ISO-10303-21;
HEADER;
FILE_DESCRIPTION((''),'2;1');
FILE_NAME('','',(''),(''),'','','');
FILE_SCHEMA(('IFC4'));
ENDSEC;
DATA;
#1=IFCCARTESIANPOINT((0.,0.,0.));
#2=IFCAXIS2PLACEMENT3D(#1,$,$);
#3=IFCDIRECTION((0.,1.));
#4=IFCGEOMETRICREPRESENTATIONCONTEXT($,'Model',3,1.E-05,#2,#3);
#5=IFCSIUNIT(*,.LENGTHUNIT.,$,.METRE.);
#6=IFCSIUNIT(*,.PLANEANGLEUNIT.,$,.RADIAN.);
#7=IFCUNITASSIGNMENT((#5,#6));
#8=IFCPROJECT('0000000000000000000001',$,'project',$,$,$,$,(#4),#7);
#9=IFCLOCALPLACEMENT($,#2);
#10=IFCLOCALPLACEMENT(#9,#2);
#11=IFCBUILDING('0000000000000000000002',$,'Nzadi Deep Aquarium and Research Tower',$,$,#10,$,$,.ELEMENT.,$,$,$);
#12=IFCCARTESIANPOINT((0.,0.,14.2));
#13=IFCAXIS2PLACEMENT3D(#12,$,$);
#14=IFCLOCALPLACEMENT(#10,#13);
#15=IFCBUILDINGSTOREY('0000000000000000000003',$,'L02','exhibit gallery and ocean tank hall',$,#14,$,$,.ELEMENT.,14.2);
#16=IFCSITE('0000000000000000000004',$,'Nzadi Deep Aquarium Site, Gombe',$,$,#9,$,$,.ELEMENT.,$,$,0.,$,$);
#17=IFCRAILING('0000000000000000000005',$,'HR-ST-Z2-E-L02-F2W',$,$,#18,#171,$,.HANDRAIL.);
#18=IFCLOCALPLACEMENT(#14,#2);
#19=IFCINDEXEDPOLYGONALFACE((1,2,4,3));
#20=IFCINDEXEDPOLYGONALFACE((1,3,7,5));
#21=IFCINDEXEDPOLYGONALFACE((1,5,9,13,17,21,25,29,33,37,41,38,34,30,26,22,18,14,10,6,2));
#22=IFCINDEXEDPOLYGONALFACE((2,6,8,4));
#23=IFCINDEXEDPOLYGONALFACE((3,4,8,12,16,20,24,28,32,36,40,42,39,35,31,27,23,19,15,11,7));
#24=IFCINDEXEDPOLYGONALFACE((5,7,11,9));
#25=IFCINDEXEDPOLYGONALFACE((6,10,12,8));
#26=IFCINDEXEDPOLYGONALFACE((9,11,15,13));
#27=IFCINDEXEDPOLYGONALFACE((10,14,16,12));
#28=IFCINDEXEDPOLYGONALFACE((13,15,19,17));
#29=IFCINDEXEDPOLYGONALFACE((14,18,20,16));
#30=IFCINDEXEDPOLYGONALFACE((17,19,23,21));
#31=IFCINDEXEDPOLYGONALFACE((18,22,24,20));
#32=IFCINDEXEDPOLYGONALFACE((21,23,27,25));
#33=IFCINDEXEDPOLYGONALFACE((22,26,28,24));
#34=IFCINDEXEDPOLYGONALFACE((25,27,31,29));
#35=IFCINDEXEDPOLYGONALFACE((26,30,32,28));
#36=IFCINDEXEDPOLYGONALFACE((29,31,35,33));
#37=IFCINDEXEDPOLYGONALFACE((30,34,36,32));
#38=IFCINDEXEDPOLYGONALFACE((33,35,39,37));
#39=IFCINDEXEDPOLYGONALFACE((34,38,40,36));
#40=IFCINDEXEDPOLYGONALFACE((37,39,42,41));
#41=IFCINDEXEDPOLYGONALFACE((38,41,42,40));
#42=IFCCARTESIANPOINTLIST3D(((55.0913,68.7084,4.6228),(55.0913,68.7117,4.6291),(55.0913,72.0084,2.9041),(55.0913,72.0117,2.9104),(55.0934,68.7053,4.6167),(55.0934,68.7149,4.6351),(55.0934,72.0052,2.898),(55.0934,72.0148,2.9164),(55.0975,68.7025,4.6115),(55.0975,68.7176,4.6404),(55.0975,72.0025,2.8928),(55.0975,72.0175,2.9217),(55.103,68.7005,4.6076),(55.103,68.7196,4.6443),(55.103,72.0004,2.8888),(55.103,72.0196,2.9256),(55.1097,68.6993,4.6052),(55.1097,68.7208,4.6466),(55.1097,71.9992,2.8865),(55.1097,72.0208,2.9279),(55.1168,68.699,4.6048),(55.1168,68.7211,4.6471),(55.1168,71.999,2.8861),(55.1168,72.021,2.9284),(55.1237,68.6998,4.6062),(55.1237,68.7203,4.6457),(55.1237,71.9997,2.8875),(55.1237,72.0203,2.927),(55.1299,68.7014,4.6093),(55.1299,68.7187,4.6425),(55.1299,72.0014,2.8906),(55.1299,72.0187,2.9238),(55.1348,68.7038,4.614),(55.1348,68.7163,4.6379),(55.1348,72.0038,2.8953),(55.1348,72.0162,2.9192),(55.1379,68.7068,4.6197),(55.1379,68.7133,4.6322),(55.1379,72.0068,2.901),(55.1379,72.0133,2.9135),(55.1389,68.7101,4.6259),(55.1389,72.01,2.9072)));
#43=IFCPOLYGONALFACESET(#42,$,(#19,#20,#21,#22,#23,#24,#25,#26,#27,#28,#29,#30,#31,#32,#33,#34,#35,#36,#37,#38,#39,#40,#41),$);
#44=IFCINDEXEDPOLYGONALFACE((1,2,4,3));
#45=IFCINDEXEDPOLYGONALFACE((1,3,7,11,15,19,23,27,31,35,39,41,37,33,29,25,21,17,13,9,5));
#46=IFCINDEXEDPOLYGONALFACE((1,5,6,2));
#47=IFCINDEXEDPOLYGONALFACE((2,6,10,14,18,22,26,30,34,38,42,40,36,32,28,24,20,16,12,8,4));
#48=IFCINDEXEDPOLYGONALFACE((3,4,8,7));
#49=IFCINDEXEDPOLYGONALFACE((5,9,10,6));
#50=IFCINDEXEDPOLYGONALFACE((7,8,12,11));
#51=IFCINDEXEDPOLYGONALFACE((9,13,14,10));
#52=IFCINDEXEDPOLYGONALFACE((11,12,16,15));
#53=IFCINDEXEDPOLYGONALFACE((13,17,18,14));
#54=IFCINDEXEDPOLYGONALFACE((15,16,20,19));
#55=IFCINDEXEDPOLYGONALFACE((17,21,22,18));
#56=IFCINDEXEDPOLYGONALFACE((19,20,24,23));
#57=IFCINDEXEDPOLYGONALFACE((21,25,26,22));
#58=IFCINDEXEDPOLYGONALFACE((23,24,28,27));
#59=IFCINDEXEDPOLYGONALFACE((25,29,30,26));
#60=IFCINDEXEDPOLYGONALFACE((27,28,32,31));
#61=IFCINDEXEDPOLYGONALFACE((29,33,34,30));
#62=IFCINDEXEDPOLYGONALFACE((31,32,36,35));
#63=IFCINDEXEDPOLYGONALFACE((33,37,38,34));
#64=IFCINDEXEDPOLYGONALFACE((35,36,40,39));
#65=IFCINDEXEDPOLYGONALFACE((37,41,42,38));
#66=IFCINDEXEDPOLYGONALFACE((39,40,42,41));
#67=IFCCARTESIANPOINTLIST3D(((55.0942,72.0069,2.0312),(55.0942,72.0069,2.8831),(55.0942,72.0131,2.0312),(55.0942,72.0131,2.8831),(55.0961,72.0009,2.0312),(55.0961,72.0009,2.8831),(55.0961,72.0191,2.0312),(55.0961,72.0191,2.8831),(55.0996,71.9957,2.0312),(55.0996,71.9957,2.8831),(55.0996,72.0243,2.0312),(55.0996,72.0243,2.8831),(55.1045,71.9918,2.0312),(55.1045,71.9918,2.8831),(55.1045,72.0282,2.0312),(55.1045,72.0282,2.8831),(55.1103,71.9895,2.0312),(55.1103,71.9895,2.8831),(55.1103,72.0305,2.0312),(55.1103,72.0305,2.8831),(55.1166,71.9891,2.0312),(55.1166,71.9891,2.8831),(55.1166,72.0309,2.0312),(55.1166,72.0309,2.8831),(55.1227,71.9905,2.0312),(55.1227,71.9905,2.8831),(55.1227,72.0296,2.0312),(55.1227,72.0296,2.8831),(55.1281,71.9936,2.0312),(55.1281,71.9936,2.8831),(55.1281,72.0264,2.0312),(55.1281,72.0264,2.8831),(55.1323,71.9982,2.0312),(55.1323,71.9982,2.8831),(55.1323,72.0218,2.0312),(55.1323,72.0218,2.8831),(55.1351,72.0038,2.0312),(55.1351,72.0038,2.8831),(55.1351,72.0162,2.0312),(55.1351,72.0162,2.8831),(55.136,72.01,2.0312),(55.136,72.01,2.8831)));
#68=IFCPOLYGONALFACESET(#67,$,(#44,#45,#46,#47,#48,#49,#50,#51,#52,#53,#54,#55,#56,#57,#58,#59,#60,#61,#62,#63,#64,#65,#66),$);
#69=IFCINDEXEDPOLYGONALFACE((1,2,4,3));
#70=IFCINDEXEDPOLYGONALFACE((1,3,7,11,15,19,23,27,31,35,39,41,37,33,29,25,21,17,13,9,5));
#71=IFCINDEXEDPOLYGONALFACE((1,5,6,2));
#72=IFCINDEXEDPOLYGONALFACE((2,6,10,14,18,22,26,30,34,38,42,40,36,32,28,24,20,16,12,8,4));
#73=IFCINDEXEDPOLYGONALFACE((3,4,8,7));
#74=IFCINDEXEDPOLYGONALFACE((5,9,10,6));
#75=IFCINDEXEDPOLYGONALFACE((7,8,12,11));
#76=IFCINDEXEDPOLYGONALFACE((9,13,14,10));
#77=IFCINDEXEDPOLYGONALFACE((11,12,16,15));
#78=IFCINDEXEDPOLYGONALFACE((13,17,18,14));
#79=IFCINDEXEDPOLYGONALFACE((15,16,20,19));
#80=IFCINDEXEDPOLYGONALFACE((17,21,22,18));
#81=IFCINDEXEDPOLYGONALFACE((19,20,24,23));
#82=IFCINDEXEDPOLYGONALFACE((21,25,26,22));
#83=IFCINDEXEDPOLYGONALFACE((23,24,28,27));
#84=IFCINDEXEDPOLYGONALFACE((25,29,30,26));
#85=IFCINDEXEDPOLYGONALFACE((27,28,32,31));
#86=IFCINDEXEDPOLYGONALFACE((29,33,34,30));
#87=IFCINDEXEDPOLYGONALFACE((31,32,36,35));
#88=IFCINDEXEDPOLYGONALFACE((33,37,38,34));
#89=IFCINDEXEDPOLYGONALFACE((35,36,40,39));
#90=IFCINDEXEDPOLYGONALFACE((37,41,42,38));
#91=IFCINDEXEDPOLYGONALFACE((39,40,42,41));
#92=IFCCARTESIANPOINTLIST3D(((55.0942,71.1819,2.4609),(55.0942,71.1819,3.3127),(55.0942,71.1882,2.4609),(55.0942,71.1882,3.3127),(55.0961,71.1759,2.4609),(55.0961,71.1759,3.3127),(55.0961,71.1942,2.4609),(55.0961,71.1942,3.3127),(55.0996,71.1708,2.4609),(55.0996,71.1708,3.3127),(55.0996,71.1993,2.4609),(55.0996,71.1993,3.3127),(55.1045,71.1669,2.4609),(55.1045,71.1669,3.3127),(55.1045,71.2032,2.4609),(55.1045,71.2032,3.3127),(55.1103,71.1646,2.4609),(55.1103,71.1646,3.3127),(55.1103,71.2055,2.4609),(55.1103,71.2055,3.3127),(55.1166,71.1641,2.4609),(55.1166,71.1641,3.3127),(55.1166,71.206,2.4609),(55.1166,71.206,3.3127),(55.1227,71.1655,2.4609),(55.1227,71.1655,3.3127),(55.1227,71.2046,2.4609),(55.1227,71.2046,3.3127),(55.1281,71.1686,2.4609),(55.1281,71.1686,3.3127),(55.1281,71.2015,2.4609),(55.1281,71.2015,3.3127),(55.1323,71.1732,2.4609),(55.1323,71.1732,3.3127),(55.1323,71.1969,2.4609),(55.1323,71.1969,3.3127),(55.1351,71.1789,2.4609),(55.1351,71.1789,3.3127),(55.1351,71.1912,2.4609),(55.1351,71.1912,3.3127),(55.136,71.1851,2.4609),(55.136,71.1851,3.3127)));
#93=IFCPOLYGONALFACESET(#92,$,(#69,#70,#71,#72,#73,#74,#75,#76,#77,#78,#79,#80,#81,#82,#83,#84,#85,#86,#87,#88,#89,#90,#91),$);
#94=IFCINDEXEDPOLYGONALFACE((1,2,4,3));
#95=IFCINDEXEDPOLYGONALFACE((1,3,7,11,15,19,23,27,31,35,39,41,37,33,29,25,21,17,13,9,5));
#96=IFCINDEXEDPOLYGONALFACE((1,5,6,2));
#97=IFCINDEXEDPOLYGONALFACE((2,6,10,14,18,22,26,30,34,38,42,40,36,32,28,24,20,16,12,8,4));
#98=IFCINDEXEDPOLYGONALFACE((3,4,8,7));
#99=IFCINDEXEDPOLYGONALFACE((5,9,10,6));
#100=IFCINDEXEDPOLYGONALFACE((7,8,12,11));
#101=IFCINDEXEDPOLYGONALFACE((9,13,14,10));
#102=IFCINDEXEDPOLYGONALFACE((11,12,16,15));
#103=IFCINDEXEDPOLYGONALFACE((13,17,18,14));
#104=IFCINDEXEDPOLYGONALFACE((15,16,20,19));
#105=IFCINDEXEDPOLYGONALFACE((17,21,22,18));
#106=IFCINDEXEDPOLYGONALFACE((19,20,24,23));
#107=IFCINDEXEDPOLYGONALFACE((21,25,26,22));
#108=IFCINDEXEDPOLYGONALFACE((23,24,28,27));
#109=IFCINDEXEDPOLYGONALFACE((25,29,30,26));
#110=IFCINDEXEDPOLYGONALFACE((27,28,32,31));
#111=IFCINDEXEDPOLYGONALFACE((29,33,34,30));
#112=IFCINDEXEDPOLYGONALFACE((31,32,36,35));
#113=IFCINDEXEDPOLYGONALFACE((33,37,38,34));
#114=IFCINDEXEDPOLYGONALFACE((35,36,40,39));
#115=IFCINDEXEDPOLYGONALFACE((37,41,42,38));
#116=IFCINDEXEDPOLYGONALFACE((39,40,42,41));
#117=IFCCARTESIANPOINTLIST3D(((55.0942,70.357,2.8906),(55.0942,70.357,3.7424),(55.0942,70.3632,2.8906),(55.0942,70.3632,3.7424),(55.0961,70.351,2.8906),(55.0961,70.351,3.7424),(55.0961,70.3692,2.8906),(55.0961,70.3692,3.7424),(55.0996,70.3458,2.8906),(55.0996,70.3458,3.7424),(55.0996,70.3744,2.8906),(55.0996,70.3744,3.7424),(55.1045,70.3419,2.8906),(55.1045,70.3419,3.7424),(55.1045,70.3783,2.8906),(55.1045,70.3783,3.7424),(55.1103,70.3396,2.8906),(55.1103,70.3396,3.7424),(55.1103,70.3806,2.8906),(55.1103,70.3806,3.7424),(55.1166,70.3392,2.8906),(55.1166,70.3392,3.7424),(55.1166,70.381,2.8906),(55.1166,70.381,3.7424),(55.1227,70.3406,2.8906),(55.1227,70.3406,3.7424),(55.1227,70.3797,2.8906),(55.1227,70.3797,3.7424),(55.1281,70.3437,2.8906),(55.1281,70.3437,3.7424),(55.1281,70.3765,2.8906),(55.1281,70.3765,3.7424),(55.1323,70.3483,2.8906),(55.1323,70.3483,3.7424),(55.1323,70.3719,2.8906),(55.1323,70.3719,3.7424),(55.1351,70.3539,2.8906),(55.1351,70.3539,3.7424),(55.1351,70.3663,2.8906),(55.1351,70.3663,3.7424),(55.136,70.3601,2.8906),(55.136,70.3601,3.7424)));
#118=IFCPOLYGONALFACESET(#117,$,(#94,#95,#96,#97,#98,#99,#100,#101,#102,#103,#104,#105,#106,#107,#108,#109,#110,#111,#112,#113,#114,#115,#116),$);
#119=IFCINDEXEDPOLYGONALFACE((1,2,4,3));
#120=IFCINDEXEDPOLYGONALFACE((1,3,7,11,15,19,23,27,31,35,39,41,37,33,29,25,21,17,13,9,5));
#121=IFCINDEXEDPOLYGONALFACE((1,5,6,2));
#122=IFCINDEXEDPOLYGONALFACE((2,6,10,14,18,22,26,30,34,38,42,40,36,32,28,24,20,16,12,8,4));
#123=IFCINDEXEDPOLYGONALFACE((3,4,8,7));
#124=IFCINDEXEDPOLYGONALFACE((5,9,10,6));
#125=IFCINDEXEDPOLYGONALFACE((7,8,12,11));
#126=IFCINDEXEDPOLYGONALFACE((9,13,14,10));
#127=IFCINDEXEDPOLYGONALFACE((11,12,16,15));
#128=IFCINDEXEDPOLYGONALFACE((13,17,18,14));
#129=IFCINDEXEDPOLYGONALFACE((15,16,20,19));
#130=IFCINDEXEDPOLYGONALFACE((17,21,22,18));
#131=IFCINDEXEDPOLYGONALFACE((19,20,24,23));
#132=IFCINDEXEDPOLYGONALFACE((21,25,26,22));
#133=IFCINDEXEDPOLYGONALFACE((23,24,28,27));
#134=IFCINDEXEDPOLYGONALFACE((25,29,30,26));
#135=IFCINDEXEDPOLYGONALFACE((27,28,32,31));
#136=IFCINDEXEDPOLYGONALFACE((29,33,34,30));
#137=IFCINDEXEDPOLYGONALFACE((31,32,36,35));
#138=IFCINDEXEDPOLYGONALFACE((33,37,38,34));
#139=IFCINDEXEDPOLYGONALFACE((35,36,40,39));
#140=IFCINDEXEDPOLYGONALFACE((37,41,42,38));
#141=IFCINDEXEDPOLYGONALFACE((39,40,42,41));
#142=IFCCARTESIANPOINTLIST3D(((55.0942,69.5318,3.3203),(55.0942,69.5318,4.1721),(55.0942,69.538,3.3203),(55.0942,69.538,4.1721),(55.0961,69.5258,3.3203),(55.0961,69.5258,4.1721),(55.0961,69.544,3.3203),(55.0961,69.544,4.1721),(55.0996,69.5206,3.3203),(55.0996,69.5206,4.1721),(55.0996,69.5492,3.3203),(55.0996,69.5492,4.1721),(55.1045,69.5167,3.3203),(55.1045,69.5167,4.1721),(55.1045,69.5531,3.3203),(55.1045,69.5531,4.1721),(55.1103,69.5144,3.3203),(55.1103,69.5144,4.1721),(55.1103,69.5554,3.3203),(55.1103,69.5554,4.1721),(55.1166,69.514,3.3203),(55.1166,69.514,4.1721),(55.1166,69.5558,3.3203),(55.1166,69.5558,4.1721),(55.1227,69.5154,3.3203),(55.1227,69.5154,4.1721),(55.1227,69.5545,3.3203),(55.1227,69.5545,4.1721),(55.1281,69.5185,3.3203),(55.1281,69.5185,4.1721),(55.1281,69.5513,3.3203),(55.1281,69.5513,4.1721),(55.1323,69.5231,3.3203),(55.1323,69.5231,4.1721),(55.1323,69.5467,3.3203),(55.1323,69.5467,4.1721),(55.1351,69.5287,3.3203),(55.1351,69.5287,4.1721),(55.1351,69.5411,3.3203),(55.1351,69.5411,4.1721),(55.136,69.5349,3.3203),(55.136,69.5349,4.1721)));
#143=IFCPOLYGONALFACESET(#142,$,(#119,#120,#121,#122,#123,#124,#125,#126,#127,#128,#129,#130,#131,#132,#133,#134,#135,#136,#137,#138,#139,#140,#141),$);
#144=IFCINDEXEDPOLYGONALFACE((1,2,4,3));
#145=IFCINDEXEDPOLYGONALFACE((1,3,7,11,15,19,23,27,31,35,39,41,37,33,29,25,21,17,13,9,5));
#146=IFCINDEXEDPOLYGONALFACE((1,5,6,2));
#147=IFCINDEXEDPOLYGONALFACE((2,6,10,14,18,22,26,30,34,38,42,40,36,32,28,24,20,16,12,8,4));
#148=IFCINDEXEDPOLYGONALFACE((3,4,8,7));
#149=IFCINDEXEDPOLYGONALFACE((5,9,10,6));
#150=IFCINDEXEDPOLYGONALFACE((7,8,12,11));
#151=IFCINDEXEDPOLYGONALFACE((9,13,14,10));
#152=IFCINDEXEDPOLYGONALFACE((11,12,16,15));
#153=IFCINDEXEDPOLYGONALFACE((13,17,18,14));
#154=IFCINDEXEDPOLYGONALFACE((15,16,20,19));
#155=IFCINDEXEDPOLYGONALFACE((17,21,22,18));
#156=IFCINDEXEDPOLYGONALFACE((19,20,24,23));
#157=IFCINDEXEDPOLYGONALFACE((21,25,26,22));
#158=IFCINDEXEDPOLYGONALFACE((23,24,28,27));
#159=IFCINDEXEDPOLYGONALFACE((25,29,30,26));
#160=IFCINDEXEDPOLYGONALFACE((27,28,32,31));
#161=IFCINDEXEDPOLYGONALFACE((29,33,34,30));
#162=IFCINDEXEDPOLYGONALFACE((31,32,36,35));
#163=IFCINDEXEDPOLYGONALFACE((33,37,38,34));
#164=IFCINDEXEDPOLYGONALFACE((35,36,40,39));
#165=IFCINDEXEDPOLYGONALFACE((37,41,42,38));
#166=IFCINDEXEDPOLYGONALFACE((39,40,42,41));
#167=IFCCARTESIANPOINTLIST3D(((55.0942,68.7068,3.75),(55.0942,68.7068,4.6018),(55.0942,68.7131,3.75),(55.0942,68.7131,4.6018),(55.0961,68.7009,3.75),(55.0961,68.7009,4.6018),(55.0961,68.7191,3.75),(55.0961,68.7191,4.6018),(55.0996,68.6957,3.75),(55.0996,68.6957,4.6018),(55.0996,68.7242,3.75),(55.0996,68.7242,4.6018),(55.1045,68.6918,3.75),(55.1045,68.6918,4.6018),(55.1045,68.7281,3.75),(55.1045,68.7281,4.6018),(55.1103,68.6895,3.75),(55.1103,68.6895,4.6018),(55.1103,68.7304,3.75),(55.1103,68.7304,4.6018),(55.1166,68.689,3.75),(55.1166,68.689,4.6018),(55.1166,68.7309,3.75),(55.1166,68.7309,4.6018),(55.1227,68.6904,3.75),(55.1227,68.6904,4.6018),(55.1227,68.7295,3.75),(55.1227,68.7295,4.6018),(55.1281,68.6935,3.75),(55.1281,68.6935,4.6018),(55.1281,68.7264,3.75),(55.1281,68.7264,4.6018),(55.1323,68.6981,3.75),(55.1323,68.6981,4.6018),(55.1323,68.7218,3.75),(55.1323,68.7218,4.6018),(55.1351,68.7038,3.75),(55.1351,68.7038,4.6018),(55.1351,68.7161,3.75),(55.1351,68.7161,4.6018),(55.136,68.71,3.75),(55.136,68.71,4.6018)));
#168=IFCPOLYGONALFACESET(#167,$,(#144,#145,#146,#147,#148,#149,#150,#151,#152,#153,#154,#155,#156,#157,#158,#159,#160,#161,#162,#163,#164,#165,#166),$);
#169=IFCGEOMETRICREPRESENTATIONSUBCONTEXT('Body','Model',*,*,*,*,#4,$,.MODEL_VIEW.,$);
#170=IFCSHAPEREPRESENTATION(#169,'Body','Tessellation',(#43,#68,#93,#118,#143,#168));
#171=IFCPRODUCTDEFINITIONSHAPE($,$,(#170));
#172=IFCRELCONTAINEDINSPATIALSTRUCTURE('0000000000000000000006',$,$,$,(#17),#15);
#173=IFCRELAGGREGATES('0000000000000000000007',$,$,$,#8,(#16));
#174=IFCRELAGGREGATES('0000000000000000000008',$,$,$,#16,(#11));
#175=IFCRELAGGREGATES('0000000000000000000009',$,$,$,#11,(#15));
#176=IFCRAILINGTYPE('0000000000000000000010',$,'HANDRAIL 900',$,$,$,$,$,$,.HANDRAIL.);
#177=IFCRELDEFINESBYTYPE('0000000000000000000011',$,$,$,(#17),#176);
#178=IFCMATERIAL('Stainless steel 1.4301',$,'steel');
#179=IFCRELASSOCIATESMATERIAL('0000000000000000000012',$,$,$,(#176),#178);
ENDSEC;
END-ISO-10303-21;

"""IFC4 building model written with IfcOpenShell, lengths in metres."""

from ifc_helpers import new_model, si_unit, direction, frame, origin, origin_2d, place, context, subcontext, project, spatial, circle, extrude, material, type_object, element, save


model = new_model("IFC4")

# Units and contexts
model_context = context("Model", 3, precision=1e-05, world=origin(), true_north=direction((0.0, 1.0)))
body_context = subcontext(model_context, "Body", "Model", "MODEL_VIEW")
ifc_project = project(units=[si_unit("LENGTHUNIT", "METRE"), si_unit("PLANEANGLEUNIT", "RADIAN")], contexts=[model_context])

# Site, building, storey
site_placement = place(None, origin())
site = spatial("IfcSite", under=ifc_project, at=site_placement, Name="Nzadi Deep Aquarium Site, Gombe", CompositionType="ELEMENT", RefElevation=0.0)
building_placement = place(site_placement, origin())
building = spatial("IfcBuilding", under=site, at=building_placement, Name="Nzadi Deep Aquarium and Research Tower", CompositionType="ELEMENT")
storey_placement = place(building_placement, frame((0.0, 0.0, 14.2)))
storey = spatial("IfcBuildingStorey", under=building, at=storey_placement, Name="L02", Description="exhibit gallery and ocean tank hall", CompositionType="ELEMENT", Elevation=14.2)

# Railing
ifc_material_1 = material(Name="Stainless steel 1.4301", Category="steel")
railing_type = type_object("IfcRailingType", Name="HANDRAIL 900", PredefinedType="HANDRAIL", material=ifc_material_1)
for number, where, name in (
    (1, (55.115, 72.01, 2.0312), "HR-ST-Z2-E-L02-F2W"),
):
    element("IfcRailing", number, at=place(storey_placement, frame(where)), inside=storey, type_object=railing_type, Name=name, PredefinedType="HANDRAIL", context=body_context, shape_type="SweptSolid", body=[
        extrude(circle(Radius=0.0239, at=origin_2d()), frame((0.0, 0.0, 0.876), z_axis=(0.0, -0.886917, 0.461929), x_axis=(1.0, 0.0, 0.0)), (0.0, 0.0, 1.0), 3.7207),
        extrude(circle(Radius=0.021, at=origin_2d()), origin(), (0.0, 0.0, 1.0), 0.8518),
        extrude(circle(Radius=0.021, at=origin_2d()), frame((0.0, -0.825, 0.4297)), (0.0, 0.0, 1.0), 0.8518),
        extrude(circle(Radius=0.021, at=origin_2d()), frame((0.0, -1.6499, 0.8594)), (0.0, 0.0, 1.0), 0.8518),
        extrude(circle(Radius=0.021, at=origin_2d()), frame((0.0, -2.4751, 1.2891)), (0.0, 0.0, 1.0), 0.8518),
        extrude(circle(Radius=0.021, at=origin_2d()), frame((0.0, -3.3, 1.7188)), (0.0, 0.0, 1.0), 0.8518),
    ])

save(model, "model.ifc")
